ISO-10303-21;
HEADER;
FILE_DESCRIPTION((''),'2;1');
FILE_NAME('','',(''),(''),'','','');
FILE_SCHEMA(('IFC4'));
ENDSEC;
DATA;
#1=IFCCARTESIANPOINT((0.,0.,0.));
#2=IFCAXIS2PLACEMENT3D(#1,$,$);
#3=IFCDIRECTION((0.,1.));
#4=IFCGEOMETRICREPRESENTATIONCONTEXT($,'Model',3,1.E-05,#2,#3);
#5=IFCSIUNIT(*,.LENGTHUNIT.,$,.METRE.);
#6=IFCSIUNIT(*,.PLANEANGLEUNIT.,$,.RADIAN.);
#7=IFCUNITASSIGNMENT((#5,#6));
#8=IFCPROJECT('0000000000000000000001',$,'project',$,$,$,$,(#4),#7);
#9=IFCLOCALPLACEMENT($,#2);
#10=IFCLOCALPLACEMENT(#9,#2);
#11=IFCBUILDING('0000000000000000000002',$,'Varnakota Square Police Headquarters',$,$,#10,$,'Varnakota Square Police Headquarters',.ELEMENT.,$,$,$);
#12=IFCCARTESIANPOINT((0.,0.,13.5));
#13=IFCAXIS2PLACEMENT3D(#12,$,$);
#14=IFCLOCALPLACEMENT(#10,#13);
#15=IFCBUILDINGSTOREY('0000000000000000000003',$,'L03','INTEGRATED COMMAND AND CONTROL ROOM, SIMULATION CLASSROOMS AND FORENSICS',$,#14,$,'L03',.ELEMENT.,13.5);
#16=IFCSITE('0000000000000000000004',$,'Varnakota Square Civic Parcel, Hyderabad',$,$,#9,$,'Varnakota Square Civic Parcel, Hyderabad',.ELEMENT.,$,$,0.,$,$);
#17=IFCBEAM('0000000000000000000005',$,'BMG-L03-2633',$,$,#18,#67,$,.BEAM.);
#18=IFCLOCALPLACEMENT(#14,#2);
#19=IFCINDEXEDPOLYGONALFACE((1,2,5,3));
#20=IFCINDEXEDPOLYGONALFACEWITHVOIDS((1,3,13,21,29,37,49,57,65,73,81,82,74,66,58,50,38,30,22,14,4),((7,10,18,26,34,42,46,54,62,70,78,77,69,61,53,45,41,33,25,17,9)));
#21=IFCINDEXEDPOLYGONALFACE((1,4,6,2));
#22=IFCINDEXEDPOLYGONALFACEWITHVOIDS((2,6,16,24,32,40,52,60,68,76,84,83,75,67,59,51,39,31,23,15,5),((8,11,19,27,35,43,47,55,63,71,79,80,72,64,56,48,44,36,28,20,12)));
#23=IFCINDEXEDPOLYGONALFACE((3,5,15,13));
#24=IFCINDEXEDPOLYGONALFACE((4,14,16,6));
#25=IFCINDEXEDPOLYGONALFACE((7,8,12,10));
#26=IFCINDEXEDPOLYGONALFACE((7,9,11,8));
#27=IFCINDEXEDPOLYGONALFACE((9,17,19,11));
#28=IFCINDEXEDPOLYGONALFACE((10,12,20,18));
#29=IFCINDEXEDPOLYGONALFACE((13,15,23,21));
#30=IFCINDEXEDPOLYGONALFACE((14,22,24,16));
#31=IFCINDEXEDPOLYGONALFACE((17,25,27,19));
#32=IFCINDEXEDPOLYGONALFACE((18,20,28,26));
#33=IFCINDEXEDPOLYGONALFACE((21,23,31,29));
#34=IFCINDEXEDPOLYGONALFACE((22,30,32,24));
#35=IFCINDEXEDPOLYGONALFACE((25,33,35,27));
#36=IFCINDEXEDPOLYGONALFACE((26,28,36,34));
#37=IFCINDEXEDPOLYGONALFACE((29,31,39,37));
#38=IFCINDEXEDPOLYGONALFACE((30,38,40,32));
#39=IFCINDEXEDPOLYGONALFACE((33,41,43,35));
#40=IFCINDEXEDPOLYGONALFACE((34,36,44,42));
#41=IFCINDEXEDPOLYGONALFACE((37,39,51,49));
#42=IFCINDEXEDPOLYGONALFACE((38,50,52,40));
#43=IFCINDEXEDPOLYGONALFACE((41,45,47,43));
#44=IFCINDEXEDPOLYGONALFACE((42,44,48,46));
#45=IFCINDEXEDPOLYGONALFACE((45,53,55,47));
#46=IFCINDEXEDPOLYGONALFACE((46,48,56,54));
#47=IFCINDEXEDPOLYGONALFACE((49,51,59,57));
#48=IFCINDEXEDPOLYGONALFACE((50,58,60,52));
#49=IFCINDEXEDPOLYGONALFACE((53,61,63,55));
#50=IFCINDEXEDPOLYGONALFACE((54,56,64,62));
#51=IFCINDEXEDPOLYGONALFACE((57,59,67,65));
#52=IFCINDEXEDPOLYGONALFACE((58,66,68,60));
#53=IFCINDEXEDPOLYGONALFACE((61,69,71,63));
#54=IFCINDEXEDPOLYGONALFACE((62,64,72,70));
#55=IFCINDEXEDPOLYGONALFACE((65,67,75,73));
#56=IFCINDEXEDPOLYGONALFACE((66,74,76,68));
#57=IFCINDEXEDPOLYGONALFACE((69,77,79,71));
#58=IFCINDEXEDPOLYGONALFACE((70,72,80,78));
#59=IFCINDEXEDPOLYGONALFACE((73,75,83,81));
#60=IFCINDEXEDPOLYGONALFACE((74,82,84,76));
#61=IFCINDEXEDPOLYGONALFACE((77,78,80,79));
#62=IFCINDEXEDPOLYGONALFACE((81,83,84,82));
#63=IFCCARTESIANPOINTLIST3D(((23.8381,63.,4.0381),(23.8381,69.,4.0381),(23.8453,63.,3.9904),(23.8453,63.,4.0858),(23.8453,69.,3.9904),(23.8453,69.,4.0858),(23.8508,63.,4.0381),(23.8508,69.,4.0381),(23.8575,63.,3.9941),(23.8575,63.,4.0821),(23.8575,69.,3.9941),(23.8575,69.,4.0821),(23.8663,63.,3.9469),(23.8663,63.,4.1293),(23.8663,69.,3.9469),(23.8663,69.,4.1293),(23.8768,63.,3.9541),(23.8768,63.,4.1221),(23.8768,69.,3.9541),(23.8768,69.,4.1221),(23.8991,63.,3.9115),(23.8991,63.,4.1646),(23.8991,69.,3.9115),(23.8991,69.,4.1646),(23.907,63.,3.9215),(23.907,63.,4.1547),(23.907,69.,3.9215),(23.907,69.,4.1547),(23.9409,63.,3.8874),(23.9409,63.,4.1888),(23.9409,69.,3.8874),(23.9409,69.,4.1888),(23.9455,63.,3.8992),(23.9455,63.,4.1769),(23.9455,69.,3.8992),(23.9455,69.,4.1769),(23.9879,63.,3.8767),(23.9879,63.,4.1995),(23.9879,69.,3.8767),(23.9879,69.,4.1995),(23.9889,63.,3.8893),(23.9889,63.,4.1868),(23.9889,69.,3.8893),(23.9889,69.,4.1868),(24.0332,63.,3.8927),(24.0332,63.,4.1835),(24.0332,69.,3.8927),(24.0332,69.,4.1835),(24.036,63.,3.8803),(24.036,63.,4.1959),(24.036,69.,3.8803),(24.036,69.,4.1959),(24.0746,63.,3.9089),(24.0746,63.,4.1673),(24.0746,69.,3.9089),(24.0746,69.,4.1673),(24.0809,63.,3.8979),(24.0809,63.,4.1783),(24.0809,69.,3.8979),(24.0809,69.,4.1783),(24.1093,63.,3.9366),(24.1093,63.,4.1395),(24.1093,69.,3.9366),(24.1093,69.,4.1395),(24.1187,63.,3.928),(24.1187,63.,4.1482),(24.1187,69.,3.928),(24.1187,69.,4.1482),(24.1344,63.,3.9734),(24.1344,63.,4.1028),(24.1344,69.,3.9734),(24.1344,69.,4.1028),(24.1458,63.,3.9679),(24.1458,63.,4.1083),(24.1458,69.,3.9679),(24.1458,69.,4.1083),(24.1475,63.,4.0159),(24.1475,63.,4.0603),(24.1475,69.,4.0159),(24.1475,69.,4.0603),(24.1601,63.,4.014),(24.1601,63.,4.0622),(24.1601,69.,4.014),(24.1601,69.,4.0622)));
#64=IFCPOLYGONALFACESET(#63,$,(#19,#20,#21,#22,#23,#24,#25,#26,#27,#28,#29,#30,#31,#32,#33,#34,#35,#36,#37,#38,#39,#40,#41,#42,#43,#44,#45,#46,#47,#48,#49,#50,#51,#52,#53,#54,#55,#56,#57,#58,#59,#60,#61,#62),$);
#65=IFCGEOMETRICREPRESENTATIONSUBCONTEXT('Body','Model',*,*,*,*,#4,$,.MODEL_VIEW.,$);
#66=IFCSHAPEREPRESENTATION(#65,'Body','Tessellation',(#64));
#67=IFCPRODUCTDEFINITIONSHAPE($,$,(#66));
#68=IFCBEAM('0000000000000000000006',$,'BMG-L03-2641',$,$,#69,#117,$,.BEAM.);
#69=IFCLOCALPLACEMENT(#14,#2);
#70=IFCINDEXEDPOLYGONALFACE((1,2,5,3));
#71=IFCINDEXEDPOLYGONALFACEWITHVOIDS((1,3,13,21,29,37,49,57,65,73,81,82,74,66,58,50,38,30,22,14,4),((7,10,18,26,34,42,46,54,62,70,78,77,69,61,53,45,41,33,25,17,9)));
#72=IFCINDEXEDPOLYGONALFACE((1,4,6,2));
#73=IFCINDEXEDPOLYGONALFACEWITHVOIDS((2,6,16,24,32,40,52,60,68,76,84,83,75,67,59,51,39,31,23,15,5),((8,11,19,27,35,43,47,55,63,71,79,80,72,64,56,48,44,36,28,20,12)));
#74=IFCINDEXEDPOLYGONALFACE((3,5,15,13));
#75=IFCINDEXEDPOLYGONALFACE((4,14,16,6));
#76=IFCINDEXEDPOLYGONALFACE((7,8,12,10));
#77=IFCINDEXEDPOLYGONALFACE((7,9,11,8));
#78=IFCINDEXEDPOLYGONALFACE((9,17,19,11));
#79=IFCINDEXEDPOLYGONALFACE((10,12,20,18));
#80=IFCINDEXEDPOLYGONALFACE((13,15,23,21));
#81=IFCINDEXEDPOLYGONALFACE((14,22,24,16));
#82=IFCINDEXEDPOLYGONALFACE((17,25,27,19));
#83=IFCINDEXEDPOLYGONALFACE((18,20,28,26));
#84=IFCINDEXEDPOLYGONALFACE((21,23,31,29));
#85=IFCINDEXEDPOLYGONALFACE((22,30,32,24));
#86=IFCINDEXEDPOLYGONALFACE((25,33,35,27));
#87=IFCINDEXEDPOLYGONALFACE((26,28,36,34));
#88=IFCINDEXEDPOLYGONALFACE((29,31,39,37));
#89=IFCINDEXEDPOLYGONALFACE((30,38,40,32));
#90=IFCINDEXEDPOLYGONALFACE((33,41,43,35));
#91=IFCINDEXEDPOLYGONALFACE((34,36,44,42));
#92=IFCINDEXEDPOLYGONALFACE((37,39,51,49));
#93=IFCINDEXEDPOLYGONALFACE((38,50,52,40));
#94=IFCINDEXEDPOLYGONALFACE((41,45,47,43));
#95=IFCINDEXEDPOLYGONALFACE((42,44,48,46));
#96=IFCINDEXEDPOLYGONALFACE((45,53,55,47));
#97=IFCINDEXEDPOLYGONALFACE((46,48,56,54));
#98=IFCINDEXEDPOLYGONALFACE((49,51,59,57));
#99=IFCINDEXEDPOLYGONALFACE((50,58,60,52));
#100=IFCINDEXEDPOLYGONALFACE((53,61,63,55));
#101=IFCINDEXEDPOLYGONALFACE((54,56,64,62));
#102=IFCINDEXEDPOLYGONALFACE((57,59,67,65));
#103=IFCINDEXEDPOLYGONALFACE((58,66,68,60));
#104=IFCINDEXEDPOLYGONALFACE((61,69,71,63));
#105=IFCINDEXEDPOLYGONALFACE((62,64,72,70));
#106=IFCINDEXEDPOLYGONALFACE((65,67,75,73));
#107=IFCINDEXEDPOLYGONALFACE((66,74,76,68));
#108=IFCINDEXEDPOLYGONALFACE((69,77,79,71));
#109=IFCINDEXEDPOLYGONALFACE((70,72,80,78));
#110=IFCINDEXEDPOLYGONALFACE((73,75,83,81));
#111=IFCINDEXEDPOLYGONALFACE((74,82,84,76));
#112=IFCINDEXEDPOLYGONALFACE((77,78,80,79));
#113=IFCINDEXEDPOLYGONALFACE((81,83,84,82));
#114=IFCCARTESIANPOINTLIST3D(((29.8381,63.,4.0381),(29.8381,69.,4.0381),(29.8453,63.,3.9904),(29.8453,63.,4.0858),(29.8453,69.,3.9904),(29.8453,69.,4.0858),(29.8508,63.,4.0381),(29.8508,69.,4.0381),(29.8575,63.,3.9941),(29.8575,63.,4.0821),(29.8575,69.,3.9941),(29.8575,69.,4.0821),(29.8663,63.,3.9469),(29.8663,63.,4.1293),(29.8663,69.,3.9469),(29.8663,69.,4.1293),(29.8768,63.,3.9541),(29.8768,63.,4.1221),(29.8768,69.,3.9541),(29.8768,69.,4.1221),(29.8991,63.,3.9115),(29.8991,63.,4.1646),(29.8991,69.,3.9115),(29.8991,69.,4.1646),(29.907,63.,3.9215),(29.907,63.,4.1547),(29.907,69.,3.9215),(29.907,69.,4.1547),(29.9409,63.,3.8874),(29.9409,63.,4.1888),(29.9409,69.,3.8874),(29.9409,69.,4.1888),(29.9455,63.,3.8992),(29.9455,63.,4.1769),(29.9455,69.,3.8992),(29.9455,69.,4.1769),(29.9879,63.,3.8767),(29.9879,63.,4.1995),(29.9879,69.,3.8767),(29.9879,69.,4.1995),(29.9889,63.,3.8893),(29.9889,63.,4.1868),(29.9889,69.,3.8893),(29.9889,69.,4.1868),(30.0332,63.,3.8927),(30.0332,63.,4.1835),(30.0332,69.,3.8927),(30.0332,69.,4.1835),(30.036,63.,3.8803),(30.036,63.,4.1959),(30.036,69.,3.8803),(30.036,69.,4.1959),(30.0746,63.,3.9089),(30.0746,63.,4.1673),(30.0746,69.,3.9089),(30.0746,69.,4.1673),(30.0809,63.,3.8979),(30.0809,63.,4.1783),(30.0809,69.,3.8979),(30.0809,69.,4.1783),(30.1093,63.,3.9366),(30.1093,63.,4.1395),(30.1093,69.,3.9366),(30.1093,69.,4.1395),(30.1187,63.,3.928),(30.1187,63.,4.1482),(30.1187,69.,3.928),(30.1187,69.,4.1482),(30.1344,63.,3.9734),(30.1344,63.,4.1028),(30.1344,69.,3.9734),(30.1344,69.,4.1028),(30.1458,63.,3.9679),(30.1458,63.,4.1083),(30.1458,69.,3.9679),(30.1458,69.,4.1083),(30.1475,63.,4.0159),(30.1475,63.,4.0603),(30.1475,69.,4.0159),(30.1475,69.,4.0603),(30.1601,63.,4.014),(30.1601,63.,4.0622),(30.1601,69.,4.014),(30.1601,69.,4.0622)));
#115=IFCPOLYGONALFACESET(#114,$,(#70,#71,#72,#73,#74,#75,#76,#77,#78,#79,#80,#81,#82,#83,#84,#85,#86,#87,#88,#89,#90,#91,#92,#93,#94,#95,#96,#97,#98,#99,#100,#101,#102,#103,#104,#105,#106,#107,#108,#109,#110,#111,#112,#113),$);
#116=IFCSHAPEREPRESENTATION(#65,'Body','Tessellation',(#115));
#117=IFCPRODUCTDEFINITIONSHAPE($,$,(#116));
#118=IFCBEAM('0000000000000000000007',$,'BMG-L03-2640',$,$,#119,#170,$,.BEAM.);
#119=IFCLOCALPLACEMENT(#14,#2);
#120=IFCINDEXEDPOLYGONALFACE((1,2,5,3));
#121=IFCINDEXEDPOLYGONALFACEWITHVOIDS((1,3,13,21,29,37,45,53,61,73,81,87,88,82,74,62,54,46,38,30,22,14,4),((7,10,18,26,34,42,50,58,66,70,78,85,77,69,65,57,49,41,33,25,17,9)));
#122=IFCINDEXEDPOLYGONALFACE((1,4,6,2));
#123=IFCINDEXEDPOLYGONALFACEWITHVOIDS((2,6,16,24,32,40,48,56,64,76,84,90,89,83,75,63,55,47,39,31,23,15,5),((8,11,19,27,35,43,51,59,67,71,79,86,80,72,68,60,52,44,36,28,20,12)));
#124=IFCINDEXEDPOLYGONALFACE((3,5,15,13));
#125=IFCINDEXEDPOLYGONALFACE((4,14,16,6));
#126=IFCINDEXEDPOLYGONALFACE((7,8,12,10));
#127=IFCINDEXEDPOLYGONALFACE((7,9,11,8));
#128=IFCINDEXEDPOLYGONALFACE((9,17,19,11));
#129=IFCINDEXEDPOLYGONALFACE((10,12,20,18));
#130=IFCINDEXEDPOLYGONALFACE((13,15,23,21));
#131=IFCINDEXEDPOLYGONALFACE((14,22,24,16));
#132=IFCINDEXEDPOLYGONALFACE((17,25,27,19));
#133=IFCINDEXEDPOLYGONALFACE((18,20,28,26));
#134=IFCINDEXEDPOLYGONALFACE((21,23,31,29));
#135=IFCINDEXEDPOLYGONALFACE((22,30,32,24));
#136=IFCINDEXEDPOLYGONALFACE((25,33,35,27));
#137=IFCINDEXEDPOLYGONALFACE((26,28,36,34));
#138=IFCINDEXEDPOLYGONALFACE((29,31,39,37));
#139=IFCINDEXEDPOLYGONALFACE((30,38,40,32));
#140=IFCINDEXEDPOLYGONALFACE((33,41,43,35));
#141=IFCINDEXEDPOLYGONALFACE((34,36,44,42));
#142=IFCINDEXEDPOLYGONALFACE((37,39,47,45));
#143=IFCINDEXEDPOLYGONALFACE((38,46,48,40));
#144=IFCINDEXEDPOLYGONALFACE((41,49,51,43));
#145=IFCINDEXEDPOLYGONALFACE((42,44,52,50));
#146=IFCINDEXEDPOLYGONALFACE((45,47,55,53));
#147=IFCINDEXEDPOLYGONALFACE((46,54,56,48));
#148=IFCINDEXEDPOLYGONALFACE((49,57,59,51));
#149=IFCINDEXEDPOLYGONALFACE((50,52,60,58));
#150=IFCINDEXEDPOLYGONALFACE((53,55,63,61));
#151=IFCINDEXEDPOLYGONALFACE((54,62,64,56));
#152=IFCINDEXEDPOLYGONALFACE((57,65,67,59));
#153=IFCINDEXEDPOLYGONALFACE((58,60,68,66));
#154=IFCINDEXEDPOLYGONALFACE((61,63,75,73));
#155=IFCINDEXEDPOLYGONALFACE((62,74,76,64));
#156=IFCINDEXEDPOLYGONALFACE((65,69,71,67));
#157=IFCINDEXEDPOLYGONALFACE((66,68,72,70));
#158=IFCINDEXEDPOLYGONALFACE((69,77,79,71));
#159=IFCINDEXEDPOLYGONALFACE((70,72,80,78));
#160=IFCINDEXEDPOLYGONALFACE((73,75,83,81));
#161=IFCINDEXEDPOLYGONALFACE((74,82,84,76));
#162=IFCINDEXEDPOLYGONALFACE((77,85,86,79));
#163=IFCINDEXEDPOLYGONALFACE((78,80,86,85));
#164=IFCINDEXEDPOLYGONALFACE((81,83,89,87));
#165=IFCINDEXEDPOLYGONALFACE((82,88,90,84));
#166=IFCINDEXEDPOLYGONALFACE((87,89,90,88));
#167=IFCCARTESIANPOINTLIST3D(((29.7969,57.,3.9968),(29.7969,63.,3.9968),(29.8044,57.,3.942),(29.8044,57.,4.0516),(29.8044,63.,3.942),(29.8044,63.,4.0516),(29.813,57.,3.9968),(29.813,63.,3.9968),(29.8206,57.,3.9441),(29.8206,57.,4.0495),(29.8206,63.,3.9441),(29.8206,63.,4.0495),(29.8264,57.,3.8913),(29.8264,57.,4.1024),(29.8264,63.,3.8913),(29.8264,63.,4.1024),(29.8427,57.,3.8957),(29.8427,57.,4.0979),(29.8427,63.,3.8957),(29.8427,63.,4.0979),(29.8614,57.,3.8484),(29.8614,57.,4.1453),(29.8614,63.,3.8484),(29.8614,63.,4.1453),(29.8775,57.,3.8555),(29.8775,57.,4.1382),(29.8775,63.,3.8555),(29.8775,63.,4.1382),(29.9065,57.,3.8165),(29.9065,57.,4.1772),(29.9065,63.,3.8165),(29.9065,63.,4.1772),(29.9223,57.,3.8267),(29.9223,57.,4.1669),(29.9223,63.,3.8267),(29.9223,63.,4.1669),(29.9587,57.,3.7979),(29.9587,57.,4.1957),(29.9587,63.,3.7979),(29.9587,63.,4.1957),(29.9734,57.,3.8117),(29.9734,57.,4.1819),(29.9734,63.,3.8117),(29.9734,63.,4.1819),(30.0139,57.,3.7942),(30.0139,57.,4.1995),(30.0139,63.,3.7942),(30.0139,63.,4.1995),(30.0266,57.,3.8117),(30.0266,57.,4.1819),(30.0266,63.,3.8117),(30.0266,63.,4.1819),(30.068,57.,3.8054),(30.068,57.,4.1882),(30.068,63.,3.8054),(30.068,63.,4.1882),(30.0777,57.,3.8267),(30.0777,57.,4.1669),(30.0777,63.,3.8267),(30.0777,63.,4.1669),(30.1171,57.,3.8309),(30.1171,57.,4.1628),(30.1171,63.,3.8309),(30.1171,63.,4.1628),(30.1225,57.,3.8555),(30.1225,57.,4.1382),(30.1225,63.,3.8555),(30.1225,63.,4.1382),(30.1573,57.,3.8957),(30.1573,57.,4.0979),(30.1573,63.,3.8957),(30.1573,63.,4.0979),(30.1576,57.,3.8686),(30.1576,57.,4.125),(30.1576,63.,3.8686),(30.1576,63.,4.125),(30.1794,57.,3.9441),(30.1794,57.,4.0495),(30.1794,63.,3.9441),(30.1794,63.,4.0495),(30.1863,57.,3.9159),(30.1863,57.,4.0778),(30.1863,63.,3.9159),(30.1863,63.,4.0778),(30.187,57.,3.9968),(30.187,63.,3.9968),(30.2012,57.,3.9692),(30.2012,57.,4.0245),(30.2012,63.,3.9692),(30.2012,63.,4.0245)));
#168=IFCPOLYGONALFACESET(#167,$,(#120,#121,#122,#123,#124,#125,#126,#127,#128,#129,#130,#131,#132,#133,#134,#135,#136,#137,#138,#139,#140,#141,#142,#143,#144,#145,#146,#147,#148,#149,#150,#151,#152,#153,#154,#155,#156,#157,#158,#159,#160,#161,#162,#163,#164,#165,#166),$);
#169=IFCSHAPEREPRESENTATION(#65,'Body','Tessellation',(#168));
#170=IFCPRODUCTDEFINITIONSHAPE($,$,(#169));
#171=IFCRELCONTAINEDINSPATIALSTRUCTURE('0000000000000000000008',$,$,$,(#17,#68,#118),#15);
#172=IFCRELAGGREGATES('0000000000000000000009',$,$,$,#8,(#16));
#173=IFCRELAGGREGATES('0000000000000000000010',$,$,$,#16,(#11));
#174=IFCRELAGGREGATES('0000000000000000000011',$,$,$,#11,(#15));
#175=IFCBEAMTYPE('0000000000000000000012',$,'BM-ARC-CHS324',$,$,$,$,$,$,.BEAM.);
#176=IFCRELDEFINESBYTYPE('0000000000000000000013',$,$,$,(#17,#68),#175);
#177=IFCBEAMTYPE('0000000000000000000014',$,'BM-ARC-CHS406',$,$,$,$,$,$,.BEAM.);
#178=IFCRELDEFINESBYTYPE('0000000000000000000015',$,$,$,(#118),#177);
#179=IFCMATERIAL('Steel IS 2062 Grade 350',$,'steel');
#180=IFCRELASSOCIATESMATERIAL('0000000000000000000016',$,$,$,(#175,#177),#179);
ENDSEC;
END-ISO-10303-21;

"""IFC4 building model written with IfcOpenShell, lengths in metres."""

from ifc_helpers import new_model, si_unit, direction, frame, origin, origin_2d, place, context, subcontext, project, spatial, hollow_circle, extrude, material, material_profile, profile_set, type_object, element, save


model = new_model("IFC4")

# Units and contexts
model_context = context("Model", 3, precision=1e-05, world=origin(), true_north=direction((0.0, 1.0)))
body_context = subcontext(model_context, "Body", "Model", "MODEL_VIEW")
ifc_project = project(units=[si_unit("LENGTHUNIT", "METRE"), si_unit("PLANEANGLEUNIT", "RADIAN")], contexts=[model_context])

# Site, building, storey
site_placement = place(None, origin())
site = spatial("IfcSite", under=ifc_project, at=site_placement, Name="Varnakota Square Civic Parcel, Hyderabad", LongName="Varnakota Square Civic Parcel, Hyderabad", CompositionType="ELEMENT", RefElevation=0.0)
building_placement = place(site_placement, origin())
building = spatial("IfcBuilding", under=site, at=building_placement, Name="Varnakota Square Police Headquarters", LongName="Varnakota Square Police Headquarters", CompositionType="ELEMENT")
storey_placement = place(building_placement, frame((0.0, 0.0, 13.5)))
storey = spatial("IfcBuildingStorey", under=building, at=storey_placement, Name="L03", Description="INTEGRATED COMMAND AND CONTROL ROOM, SIMULATION CLASSROOMS AND FORENSICS", LongName="L03", CompositionType="ELEMENT", Elevation=13.5)

# Shared definitions
ifc_material_1 = material(Name="Steel IS 2062 Grade 350", Category="steel")

# Beams
ifc_material_profile_1 = material_profile(ifc_material_1, hollow_circle(Radius=0.1619, WallThickness=0.0127, at=origin_2d()), Name="CHS 323.9x12.7")
ifc_profile_set_1 = profile_set([ifc_material_profile_1], Name="Steel IS 2062 Grade 350")
beam_type_1 = type_object("IfcBeamType", Name="BM-ARC-CHS324", PredefinedType="BEAM", material=ifc_profile_set_1)
for number, where, z_axis, x_axis, name in (
    (1, (24.0, 63.0, 4.0381), (0.0, 1.0, 0.0), (-1.0, 0.0, 0.0), "BMG-L03-2633"),
    (2, (30.0, 63.0, 4.0381), (0.0, 1.0, 0.0), (-1.0, 0.0, 0.0), "BMG-L03-2641"),
):
    element("IfcBeam", number, at=place(storey_placement, frame(where, z_axis=z_axis, x_axis=x_axis)), inside=storey, type_object=beam_type_1, Name=name, PredefinedType="BEAM", context=body_context, shape_type="SweptSolid", body=[
        extrude(hollow_circle(Radius=0.1619, WallThickness=0.0127, at=origin_2d()), origin(), (0.0, 0.0, 1.0), 6.0),
    ])
ifc_material_profile_2 = material_profile(ifc_material_1, hollow_circle(Radius=0.2031, WallThickness=0.0161, at=origin_2d()), Name="CHS 406.4x16.0")
ifc_profile_set_2 = profile_set([ifc_material_profile_2], Name="Steel IS 2062 Grade 350")
beam_type_2 = type_object("IfcBeamType", Name="BM-ARC-CHS406", PredefinedType="BEAM", material=ifc_profile_set_2)
beam_1_placement = place(storey_placement, frame((30.0, 57.0, 3.9968), z_axis=(0.0, 1.0, 0.0), x_axis=(-1.0, 0.0, 0.0)))
element("IfcBeam", 3, at=beam_1_placement, inside=storey, type_object=beam_type_2, Name="BMG-L03-2640", PredefinedType="BEAM", context=body_context, shape_type="SweptSolid", body=[
    extrude(hollow_circle(Radius=0.2031, WallThickness=0.0161, at=origin_2d()), origin(), (0.0, 0.0, 1.0), 6.0),
])

save(model, "model.ifc")
